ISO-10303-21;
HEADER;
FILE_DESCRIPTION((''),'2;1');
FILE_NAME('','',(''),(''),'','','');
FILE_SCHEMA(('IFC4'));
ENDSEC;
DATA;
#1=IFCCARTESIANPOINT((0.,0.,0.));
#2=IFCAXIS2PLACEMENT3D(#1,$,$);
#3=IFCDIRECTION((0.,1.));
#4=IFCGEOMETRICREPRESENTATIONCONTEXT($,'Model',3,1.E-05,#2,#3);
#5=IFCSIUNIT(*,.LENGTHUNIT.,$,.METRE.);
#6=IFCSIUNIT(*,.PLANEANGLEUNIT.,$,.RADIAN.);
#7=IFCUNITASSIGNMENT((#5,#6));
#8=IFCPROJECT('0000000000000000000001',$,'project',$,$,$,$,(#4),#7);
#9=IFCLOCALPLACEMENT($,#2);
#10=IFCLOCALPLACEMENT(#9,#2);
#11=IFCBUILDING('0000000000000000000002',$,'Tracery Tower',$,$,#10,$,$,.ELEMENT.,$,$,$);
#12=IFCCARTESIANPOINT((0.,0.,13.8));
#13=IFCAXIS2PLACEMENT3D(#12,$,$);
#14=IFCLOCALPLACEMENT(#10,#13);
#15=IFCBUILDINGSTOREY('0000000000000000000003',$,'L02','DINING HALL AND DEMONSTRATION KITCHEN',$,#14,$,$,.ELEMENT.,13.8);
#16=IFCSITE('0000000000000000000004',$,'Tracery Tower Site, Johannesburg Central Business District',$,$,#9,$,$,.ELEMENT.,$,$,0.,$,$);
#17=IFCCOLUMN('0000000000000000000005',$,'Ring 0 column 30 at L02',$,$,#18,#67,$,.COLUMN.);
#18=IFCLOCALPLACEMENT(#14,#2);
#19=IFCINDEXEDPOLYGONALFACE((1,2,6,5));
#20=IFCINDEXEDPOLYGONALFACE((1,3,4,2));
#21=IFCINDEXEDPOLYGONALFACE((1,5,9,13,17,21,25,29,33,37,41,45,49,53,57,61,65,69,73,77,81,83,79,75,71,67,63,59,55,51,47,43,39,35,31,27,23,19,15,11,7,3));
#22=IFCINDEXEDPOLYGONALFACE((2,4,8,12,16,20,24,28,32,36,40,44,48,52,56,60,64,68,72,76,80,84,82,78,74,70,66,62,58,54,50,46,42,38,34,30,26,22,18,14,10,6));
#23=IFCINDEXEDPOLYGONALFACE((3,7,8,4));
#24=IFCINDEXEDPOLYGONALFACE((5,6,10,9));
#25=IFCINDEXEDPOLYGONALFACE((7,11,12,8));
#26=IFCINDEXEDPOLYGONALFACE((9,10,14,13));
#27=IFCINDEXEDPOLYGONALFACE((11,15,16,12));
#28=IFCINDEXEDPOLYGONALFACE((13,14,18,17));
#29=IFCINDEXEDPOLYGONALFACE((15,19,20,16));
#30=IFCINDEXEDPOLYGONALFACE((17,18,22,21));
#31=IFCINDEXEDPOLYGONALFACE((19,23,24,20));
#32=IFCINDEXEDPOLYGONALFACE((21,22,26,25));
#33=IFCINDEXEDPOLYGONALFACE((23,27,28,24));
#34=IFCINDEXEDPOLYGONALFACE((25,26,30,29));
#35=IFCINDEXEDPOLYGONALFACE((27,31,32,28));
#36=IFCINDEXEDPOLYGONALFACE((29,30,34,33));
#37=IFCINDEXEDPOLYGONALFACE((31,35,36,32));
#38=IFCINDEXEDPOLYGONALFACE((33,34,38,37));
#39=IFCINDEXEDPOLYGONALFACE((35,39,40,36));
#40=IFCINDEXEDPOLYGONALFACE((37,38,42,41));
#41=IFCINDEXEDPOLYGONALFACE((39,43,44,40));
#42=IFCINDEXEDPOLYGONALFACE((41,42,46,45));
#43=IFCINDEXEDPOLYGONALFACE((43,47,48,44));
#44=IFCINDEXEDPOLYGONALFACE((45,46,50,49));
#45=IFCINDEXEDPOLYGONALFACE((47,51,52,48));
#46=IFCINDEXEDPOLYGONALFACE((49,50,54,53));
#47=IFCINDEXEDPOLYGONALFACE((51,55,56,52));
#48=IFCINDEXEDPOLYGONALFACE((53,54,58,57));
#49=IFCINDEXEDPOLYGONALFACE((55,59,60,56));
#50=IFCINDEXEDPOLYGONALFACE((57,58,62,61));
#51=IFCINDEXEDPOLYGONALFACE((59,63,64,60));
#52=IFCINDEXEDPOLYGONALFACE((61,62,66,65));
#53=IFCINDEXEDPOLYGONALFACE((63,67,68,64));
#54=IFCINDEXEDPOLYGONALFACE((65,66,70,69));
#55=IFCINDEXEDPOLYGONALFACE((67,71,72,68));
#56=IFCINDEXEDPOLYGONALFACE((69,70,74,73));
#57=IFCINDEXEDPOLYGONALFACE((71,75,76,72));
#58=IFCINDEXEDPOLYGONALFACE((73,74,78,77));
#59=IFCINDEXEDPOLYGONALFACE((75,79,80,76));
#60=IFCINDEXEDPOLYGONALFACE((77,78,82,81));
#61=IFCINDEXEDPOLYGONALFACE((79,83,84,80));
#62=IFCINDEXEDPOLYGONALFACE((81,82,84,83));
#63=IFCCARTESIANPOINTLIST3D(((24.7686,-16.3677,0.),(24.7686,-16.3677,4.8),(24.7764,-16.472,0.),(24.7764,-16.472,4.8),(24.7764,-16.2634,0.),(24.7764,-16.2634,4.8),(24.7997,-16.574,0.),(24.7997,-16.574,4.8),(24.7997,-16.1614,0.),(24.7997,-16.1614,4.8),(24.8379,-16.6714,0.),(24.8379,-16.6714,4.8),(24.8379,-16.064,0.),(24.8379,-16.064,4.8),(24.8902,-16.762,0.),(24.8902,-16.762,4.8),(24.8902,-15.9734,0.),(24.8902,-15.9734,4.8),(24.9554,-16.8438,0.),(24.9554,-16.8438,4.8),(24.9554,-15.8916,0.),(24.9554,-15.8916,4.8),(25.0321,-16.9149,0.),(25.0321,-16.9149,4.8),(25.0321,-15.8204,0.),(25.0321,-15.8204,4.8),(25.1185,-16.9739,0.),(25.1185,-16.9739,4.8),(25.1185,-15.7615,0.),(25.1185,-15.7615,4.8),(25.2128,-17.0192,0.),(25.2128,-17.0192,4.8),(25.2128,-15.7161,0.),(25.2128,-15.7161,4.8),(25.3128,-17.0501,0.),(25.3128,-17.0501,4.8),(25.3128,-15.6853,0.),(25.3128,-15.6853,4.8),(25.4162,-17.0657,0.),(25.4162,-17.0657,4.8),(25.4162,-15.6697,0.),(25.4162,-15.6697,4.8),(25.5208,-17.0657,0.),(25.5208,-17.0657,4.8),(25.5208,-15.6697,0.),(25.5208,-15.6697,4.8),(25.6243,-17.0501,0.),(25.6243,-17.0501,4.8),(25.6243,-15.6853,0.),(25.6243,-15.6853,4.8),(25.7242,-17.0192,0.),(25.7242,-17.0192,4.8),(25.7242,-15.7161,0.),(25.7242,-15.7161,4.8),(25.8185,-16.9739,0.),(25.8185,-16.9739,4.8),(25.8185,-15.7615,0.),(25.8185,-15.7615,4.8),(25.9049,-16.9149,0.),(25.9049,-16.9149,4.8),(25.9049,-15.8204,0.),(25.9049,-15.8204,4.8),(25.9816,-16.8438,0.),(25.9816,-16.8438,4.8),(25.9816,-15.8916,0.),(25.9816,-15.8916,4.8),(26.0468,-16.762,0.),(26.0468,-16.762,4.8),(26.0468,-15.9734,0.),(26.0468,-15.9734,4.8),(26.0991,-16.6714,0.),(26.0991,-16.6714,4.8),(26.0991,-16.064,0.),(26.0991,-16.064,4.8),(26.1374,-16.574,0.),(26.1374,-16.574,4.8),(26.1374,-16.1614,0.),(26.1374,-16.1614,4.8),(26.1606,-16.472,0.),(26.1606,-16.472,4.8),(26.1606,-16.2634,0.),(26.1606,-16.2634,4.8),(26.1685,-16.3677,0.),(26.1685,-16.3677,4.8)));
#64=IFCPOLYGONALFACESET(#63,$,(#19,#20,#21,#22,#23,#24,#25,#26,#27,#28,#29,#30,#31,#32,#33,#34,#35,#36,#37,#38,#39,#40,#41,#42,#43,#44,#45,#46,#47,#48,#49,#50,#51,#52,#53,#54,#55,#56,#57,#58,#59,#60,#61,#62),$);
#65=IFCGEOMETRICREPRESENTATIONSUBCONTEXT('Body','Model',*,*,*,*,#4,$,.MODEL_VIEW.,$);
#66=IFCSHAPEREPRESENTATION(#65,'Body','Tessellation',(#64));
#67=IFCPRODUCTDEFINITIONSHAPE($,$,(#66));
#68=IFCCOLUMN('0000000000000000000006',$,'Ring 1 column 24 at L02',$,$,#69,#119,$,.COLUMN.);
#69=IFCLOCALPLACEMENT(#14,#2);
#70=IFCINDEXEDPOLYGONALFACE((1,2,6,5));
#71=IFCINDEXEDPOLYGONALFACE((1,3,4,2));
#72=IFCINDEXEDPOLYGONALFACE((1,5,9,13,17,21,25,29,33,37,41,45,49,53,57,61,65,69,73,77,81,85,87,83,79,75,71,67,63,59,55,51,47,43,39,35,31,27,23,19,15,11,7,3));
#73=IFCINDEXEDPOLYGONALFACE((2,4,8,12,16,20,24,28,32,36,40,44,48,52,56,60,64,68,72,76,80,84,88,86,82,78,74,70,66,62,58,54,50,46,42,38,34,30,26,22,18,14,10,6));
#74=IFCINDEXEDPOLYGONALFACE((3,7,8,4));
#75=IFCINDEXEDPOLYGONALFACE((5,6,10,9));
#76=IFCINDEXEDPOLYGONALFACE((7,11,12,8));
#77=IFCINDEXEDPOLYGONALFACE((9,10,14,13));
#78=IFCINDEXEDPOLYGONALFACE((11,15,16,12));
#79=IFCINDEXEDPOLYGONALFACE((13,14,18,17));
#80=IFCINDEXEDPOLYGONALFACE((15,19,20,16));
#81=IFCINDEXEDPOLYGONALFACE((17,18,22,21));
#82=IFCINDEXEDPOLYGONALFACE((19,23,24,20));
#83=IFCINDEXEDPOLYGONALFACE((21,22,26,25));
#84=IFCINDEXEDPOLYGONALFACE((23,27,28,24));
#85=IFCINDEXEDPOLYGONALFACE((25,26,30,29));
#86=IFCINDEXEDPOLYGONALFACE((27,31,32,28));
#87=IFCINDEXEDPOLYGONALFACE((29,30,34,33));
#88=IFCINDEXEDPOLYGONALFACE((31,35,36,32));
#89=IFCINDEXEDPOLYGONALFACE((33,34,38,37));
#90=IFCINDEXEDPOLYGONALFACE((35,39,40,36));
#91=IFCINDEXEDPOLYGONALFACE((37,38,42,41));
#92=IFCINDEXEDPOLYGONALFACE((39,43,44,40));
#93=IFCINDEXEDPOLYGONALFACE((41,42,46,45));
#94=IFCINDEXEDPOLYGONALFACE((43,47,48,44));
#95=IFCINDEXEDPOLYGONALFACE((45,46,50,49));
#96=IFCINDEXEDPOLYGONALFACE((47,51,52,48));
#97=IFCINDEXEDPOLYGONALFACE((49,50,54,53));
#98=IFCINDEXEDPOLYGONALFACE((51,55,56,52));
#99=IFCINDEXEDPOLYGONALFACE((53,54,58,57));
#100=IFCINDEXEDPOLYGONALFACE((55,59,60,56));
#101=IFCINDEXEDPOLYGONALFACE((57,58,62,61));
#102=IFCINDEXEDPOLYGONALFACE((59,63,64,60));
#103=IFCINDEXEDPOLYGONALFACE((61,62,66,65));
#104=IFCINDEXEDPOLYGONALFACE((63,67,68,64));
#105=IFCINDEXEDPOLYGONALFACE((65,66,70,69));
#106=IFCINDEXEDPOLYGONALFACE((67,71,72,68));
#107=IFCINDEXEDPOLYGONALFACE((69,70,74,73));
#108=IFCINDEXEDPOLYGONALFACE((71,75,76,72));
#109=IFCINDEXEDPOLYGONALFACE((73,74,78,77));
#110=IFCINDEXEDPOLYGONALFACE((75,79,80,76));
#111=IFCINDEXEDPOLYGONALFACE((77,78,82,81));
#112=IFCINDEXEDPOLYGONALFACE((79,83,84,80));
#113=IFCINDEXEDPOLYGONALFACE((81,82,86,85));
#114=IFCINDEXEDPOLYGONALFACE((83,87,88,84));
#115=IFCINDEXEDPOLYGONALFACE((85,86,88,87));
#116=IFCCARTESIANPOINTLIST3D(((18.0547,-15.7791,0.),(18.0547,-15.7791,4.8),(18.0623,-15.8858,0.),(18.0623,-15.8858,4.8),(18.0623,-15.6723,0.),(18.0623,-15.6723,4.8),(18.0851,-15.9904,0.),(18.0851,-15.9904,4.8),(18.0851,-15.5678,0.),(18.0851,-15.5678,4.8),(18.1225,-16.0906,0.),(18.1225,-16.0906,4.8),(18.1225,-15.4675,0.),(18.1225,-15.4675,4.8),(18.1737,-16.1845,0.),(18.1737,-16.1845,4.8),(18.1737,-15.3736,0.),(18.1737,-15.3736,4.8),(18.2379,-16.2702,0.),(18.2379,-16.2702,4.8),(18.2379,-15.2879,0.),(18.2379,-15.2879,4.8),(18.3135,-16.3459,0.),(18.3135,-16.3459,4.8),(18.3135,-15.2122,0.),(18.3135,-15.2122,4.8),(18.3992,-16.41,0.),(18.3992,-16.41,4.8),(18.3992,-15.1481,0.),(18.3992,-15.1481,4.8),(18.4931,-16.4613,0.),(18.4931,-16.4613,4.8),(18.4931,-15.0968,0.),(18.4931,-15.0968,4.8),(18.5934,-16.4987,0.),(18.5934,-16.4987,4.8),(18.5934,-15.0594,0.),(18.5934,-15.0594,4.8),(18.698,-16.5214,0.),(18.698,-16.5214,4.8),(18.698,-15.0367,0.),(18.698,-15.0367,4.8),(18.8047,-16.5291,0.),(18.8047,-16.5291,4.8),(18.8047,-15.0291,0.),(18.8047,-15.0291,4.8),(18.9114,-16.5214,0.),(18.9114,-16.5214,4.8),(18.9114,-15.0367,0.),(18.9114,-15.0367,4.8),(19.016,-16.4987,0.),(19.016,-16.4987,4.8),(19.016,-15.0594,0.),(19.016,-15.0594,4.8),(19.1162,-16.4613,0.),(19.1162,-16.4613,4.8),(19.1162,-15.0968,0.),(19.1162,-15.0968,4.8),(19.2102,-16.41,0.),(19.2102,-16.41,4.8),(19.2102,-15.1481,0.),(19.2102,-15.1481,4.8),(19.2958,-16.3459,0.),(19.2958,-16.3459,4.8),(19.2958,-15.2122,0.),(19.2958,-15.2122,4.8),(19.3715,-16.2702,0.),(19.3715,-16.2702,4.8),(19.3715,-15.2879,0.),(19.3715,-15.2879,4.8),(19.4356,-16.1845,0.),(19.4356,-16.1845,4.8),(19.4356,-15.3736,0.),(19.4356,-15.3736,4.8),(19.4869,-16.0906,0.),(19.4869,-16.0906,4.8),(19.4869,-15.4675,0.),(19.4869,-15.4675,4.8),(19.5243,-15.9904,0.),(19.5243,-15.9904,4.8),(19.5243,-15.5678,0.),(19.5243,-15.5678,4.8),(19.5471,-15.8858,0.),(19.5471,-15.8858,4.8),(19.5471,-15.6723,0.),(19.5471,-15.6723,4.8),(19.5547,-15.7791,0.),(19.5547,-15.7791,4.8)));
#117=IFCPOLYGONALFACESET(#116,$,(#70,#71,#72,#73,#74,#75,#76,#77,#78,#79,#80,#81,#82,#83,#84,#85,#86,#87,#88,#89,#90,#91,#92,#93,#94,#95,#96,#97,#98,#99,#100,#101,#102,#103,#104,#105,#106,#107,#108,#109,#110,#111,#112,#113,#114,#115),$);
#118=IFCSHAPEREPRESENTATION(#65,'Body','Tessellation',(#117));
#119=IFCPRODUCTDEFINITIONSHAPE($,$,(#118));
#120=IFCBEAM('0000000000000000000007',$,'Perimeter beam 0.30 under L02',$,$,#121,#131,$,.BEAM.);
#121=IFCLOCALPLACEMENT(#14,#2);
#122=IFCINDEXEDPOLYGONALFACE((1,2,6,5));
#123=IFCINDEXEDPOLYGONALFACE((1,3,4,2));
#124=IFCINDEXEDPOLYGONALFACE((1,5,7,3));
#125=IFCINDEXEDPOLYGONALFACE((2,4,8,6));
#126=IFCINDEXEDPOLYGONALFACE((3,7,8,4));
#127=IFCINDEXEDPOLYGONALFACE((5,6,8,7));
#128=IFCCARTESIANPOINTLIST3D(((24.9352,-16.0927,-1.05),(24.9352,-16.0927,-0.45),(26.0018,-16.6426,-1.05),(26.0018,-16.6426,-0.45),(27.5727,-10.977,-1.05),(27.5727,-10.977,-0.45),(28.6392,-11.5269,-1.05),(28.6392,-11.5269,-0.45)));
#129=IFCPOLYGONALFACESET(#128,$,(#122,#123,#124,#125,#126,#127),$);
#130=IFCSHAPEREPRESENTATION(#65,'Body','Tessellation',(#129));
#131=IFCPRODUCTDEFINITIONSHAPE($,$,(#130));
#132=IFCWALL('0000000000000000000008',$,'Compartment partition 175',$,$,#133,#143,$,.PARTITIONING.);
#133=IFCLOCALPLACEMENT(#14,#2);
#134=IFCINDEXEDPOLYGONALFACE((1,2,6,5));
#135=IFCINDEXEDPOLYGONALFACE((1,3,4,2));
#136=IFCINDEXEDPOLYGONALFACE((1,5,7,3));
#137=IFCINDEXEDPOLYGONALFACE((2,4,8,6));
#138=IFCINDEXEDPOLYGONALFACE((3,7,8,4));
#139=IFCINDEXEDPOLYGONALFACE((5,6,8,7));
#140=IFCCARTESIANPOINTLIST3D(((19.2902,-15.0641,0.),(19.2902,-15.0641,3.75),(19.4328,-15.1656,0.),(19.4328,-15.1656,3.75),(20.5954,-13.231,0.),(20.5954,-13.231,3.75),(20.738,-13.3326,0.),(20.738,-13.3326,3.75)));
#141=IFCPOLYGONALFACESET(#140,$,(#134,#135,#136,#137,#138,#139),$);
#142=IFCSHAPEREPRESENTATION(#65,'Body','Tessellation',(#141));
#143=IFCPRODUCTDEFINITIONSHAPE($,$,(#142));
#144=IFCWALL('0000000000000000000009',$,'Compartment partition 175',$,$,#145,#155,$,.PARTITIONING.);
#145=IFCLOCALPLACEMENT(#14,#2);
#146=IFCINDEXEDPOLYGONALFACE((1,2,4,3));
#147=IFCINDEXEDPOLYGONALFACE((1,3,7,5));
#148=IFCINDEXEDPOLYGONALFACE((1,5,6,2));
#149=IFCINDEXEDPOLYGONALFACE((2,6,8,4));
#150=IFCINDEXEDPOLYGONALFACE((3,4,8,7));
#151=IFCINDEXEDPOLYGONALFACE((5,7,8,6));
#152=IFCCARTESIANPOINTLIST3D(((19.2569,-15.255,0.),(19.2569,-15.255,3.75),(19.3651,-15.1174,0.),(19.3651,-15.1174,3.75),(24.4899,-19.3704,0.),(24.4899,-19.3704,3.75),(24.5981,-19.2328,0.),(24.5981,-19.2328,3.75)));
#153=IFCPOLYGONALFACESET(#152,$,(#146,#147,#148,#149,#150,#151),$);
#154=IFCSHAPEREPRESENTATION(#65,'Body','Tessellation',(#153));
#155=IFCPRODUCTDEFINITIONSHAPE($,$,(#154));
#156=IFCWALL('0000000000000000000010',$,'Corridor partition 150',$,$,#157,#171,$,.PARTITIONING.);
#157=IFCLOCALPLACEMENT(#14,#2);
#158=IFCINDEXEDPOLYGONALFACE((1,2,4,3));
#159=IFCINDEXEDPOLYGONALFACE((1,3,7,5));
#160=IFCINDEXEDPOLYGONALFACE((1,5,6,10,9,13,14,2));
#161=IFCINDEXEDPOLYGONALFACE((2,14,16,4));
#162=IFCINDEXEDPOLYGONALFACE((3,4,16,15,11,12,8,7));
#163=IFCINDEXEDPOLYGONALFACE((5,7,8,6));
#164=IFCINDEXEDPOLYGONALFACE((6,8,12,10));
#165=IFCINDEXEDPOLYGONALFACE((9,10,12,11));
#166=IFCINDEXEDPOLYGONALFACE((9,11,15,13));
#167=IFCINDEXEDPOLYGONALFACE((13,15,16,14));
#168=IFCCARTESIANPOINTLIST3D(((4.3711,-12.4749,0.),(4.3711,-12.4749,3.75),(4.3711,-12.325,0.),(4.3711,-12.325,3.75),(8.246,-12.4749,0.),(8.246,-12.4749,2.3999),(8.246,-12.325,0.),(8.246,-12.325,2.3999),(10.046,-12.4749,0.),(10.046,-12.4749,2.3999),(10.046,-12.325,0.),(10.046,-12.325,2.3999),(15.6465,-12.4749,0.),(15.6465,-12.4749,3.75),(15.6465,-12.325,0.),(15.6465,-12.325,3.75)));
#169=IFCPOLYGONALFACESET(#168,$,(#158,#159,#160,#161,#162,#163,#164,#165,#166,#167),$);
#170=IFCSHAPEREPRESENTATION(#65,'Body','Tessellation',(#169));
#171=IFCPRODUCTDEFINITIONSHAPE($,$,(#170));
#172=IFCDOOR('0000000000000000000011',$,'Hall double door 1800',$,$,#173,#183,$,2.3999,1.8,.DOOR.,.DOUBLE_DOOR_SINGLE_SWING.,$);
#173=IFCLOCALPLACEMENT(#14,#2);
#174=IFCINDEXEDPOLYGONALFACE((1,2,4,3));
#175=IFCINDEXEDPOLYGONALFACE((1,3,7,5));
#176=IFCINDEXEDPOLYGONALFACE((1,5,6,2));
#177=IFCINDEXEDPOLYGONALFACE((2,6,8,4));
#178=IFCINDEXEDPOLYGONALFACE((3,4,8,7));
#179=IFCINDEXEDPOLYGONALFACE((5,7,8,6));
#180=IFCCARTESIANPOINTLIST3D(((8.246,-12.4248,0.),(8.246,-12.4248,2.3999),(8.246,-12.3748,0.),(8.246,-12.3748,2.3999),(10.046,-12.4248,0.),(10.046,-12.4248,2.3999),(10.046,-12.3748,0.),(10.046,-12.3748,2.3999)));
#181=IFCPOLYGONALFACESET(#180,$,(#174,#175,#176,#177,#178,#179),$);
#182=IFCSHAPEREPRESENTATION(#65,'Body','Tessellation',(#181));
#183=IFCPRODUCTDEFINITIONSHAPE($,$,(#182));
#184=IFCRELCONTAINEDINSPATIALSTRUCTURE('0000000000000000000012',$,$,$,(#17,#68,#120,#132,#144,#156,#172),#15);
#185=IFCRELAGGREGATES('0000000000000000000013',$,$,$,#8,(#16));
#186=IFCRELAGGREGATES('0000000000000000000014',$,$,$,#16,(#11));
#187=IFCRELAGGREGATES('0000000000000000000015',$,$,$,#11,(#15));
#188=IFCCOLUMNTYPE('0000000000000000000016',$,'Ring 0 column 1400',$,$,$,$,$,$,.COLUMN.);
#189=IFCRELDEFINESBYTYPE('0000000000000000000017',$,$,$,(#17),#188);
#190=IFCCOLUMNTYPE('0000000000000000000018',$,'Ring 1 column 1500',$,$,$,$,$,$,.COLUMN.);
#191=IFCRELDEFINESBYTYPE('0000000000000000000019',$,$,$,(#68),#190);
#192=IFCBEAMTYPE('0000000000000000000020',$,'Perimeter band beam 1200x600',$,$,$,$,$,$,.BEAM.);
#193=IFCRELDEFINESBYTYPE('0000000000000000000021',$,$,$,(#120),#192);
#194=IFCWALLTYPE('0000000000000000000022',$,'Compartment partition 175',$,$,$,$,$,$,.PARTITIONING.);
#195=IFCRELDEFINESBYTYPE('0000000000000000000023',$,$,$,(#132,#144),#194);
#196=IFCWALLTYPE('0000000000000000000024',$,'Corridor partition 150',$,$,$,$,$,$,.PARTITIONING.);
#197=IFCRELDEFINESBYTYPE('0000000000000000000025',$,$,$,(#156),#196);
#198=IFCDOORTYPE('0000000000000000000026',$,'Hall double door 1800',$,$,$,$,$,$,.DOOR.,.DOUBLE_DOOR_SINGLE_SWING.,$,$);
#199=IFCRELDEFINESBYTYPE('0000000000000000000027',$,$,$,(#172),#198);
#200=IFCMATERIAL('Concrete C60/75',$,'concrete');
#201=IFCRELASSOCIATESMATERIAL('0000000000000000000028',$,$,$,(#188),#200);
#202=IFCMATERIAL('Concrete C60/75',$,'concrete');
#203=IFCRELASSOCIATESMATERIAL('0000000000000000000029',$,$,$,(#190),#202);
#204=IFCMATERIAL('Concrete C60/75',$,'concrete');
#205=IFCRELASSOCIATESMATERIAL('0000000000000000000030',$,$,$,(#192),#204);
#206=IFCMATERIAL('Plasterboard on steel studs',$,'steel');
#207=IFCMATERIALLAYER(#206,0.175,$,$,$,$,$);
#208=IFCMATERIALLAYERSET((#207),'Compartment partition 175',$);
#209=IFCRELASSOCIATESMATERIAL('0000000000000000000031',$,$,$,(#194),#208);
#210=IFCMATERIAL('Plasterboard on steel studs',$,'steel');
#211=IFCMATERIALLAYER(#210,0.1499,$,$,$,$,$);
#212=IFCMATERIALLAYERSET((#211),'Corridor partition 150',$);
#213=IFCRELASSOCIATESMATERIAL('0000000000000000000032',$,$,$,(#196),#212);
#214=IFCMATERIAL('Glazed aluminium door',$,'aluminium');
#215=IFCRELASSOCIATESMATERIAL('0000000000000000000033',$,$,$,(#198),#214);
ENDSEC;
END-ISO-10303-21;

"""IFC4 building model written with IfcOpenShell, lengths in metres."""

from ifc_helpers import new_model, si_unit, direction, frame, frame_2d, origin, origin_2d, place, context, subcontext, project, spatial, rectangle, circle, extrude, material, layer, layer_set, material_profile, profile_set, type_object, element, fill, save


model = new_model("IFC4")

# Units and contexts
model_context = context("Model", 3, precision=1e-05, world=origin(), true_north=direction((0.0, 1.0)))
body_context = subcontext(model_context, "Body", "Model", "MODEL_VIEW")
ifc_project = project(units=[si_unit("LENGTHUNIT", "METRE"), si_unit("PLANEANGLEUNIT", "RADIAN")], contexts=[model_context])

# Site, building, storey
site_placement = place(None, origin())
site = spatial("IfcSite", under=ifc_project, at=site_placement, Name="Tracery Tower Site, Johannesburg Central Business District", CompositionType="ELEMENT", RefElevation=0.0)
building_placement = place(site_placement, origin())
building = spatial("IfcBuilding", under=site, at=building_placement, Name="Tracery Tower", CompositionType="ELEMENT")
storey_placement = place(building_placement, frame((0.0, 0.0, 13.8)))
storey = spatial("IfcBuildingStorey", under=building, at=storey_placement, Name="L02", Description="DINING HALL AND DEMONSTRATION KITCHEN", CompositionType="ELEMENT", Elevation=13.8)

# Columns
ifc_material_1 = material(Name="Concrete C60/75", Category="concrete")
ifc_material_profile_1 = material_profile(ifc_material_1, circle(Radius=0.7, at=origin_2d()), Name="RC D1400")
ifc_profile_set_1 = profile_set([ifc_material_profile_1], Name="Concrete C60/75")
column_type_1 = type_object("IfcColumnType", Name="Ring 0 column 1400", PredefinedType="COLUMN", material=ifc_profile_set_1)
column_1_placement = place(storey_placement, frame((25.4685, -16.3677, 0.0), z_axis=(0.0, 0.0, 1.0), x_axis=(1.0, 0.0, 0.0)))
element("IfcColumn", 1, at=column_1_placement, inside=storey, type_object=column_type_1, Name="Ring 0 column 30 at L02", PredefinedType="COLUMN", context=body_context, shape_type="SweptSolid", body=[
    extrude(circle(Radius=0.7, at=origin_2d()), origin(), (0.0, 0.0, 1.0), 4.8),
])
ifc_material_2 = material(Name="Concrete C60/75", Category="concrete")
ifc_material_profile_2 = material_profile(ifc_material_2, circle(Radius=0.75, at=origin_2d()), Name="RC D1500")
ifc_profile_set_2 = profile_set([ifc_material_profile_2], Name="Concrete C60/75")
column_type_2 = type_object("IfcColumnType", Name="Ring 1 column 1500", PredefinedType="COLUMN", material=ifc_profile_set_2)
column_2_placement = place(storey_placement, frame((18.8047, -15.7791, 0.0), z_axis=(0.0, 0.0, 1.0), x_axis=(1.0, 0.0, 0.0)))
element("IfcColumn", 2, at=column_2_placement, inside=storey, type_object=column_type_2, Name="Ring 1 column 24 at L02", PredefinedType="COLUMN", context=body_context, shape_type="SweptSolid", body=[
    extrude(circle(Radius=0.75, at=origin_2d()), origin(), (0.0, 0.0, 1.0), 4.8),
])

# Beam
ifc_material_3 = material(Name="Concrete C60/75", Category="concrete")
ifc_material_profile_3 = material_profile(ifc_material_3, rectangle(XDim=1.2, YDim=0.6001, at=origin_2d()), Name="RC 1200x600")
ifc_profile_set_3 = profile_set([ifc_material_profile_3], Name="Concrete C60/75")
beam_type = type_object("IfcBeamType", Name="Perimeter band beam 1200x600", PredefinedType="BEAM", material=ifc_profile_set_3)
beam_placement = place(storey_placement, frame((25.4685, -16.3677, -0.75), z_axis=(0.458242, 0.888827, 0.0), x_axis=(-0.888827, 0.458242, 0.0)))
element("IfcBeam", 3, at=beam_placement, inside=storey, type_object=beam_type, Name="Perimeter beam 0.30 under L02", PredefinedType="BEAM", context=body_context, shape_type="SweptSolid", body=[
    extrude(rectangle(XDim=1.2, YDim=0.6001, at=origin_2d()), origin(), (0.0, 0.0, 1.0), 5.7556),
])

# Walls
ifc_material_4 = material(Name="Plasterboard on steel studs", Category="steel")
ifc_layer_1 = layer(ifc_material_4, 0.175)
ifc_layer_set_1 = layer_set([ifc_layer_1], Name="Compartment partition 175")
wall_type_1 = type_object("IfcWallType", Name="Compartment partition 175", PredefinedType="PARTITIONING", material=ifc_layer_set_1)
wall_1_placement = place(storey_placement, frame((19.3616, -15.1147, 0.0), z_axis=(0.0, 0.0, 1.0), x_axis=(0.580026, 0.814598, 0.0)))
element("IfcWall", 4, at=wall_1_placement, inside=storey, type_object=wall_type_1, Name="Compartment partition 175", PredefinedType="PARTITIONING", context=body_context, shape_type="SweptSolid", body=[
    extrude(rectangle(XDim=2.2502, YDim=0.175, at=frame_2d((1.125, 0.0))), origin(), (0.0, 0.0, 1.0), 3.75),
])
wall_2_placement = place(storey_placement, frame((24.5439, -19.3015, 0.0), z_axis=(0.0, 0.0, 1.0), x_axis=(-0.786047, 0.618166, 0.0)))
element("IfcWall", 5, at=wall_2_placement, inside=storey, type_object=wall_type_1, Name="Compartment partition 175", PredefinedType="PARTITIONING", context=body_context, shape_type="SweptSolid", body=[
    extrude(rectangle(XDim=6.6575, YDim=0.175, at=frame_2d((3.3286, 0.0))), origin(), (0.0, 0.0, 1.0), 3.75),
])

# Wall, opening, door
ifc_material_5 = material(Name="Plasterboard on steel studs", Category="steel")
ifc_layer_2 = layer(ifc_material_5, 0.1499)
ifc_layer_set_2 = layer_set([ifc_layer_2], Name="Corridor partition 150")
wall_type_2 = type_object("IfcWallType", Name="Corridor partition 150", PredefinedType="PARTITIONING", material=ifc_layer_set_2)
wall_3_placement = place(storey_placement, frame((15.6465, -12.3999, 0.0), z_axis=(0.0, 0.0, 1.0), x_axis=(-1.0, 0.0, 0.0)))
wall_3 = element("IfcWall", 6, at=wall_3_placement, inside=storey, type_object=wall_type_2, Name="Corridor partition 150", PredefinedType="PARTITIONING", context=body_context, shape_type="SweptSolid", body=[
    extrude(rectangle(XDim=11.2754, YDim=0.1499, at=frame_2d((5.6377, 0.0))), origin(), (0.0, 0.0, 1.0), 3.75),
])
opening_1_placement = place(wall_3_placement, frame((5.6006, 0.0, 0.0)))
opening_1 = element("IfcOpeningElement", 7, at=opening_1_placement, cuts=wall_3, PredefinedType="OPENING", context=body_context, shape_type="SweptSolid", body=[
    extrude(rectangle(XDim=1.8, YDim=2.3999, at=frame_2d((0.8999, 1.2))), frame((0.0, 0.075, 0.0), z_axis=(0.0, -1.0, 0.0), x_axis=(1.0, 0.0, 0.0)), (0.0, 0.0, 1.0), 0.1499),
])
ifc_material_6 = material(Name="Glazed aluminium door", Category="aluminium")
door_type_1 = type_object("IfcDoorType", Name="Hall double door 1800", OperationType="DOUBLE_DOOR_SINGLE_SWING", PredefinedType="DOOR", material=ifc_material_6)
door_1_placement = place(opening_1_placement, origin())
door_1 = element("IfcDoor", 8, at=door_1_placement, inside=storey, type_object=door_type_1, Name="Hall double door 1800", OperationType="DOUBLE_DOOR_SINGLE_SWING", OverallHeight=2.3999, OverallWidth=1.8, PredefinedType="DOOR", context=body_context, shape_type="SweptSolid", body=[
    extrude(rectangle(XDim=1.8, YDim=2.3999, at=frame_2d((0.8999, 1.2))), frame((0.0, 0.0249, 0.0), z_axis=(0.0, -1.0, 0.0), x_axis=(1.0, 0.0, 0.0)), (0.0, 0.0, 1.0), 0.05),
])
fill(opening_1, door_1)

save(model, "model.ifc")
